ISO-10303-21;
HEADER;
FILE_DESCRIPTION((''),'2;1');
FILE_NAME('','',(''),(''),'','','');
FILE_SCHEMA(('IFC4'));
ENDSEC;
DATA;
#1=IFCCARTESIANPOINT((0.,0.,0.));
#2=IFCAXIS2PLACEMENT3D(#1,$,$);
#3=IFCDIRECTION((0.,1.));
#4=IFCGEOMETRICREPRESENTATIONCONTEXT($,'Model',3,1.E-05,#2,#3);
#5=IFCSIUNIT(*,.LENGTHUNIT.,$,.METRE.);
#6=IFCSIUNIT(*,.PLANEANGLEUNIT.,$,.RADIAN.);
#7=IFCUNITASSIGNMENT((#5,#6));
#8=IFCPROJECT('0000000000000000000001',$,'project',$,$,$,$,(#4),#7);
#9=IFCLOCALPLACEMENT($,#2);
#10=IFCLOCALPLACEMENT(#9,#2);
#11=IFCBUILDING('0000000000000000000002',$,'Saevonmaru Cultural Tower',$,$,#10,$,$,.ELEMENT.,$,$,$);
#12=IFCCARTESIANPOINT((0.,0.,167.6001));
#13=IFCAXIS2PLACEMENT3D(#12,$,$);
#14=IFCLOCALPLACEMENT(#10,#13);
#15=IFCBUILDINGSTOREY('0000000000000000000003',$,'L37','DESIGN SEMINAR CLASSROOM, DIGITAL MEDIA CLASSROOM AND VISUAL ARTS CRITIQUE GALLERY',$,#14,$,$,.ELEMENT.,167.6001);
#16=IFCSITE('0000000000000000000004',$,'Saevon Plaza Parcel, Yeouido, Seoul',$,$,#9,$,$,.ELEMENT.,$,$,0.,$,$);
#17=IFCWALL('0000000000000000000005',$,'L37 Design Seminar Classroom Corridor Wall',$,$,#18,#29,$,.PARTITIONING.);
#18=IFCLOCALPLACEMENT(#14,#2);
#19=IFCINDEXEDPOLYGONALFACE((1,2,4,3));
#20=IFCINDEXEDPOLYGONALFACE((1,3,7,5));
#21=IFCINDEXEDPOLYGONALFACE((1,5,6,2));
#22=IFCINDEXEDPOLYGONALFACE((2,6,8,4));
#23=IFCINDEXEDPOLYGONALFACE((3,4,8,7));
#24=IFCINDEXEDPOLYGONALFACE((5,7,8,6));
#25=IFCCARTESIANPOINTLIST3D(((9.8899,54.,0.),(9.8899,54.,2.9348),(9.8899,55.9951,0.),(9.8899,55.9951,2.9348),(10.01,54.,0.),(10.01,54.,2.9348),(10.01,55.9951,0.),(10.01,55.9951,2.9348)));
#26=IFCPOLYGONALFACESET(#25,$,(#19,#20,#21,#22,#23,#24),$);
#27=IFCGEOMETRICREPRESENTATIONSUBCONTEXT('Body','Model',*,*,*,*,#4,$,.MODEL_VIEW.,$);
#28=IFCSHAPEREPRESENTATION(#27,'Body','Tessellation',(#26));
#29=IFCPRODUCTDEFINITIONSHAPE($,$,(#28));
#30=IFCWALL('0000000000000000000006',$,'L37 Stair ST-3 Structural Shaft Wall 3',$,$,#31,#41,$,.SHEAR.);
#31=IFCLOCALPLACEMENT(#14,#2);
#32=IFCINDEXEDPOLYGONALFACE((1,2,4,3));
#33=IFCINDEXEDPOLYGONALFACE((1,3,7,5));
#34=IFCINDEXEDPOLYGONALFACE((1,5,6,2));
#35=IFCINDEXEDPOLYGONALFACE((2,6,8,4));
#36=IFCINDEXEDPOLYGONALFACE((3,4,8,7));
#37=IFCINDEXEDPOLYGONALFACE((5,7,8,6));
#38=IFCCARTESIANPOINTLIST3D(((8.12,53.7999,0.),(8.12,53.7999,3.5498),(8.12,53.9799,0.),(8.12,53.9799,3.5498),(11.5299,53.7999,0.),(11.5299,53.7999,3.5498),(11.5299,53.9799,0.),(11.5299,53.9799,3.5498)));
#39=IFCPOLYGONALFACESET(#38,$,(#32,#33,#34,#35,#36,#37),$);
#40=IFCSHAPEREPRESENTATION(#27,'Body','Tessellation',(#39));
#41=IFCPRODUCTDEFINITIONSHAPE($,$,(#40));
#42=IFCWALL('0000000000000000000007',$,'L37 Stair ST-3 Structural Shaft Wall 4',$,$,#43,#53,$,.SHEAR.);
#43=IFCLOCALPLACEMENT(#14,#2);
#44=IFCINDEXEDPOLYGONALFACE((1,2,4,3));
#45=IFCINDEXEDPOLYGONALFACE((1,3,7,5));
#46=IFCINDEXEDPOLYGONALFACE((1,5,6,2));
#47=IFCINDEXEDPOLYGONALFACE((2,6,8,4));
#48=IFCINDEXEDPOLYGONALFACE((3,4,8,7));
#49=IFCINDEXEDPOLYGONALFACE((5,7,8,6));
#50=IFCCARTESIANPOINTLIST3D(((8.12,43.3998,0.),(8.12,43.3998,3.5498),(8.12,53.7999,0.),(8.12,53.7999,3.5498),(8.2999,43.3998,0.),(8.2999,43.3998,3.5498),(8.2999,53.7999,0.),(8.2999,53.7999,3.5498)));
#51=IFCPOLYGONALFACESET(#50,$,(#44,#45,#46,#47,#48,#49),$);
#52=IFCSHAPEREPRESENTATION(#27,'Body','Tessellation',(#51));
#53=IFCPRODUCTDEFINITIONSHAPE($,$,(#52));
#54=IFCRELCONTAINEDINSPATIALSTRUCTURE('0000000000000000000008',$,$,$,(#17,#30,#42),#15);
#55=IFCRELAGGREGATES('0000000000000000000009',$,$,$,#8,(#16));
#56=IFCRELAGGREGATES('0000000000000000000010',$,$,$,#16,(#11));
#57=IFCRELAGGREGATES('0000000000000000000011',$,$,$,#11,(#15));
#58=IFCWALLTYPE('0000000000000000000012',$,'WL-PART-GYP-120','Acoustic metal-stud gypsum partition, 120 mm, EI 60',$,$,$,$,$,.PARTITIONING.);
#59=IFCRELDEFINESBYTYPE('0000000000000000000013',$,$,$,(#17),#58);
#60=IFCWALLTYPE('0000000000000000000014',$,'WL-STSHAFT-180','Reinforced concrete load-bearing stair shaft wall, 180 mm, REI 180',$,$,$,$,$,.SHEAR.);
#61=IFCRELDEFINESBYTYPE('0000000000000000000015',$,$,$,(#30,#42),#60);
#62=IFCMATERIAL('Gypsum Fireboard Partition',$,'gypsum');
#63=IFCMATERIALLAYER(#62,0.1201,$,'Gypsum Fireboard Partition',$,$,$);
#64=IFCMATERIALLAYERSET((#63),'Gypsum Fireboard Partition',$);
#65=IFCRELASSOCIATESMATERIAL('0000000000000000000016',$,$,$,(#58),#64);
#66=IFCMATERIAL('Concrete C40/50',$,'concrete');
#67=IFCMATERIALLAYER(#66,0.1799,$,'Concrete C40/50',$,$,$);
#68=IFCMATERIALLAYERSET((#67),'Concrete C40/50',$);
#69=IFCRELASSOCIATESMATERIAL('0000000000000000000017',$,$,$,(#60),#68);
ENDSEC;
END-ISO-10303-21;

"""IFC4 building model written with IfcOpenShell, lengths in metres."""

from ifc_helpers import new_model, si_unit, direction, frame, frame_2d, origin, place, context, subcontext, project, spatial, rectangle, extrude, material, layer, layer_set, type_object, element, save


model = new_model("IFC4")

# Units and contexts
model_context = context("Model", 3, precision=1e-05, world=origin(), true_north=direction((0.0, 1.0)))
body_context = subcontext(model_context, "Body", "Model", "MODEL_VIEW")
ifc_project = project(units=[si_unit("LENGTHUNIT", "METRE"), si_unit("PLANEANGLEUNIT", "RADIAN")], contexts=[model_context])

# Site, building, storey
site_placement = place(None, origin())
site = spatial("IfcSite", under=ifc_project, at=site_placement, Name="Saevon Plaza Parcel, Yeouido, Seoul", CompositionType="ELEMENT", RefElevation=0.0)
building_placement = place(site_placement, origin())
building = spatial("IfcBuilding", under=site, at=building_placement, Name="Saevonmaru Cultural Tower", CompositionType="ELEMENT")
storey_placement = place(building_placement, frame((0.0, 0.0, 167.6001)))
storey = spatial("IfcBuildingStorey", under=building, at=storey_placement, Name="L37", Description="DESIGN SEMINAR CLASSROOM, DIGITAL MEDIA CLASSROOM AND VISUAL ARTS CRITIQUE GALLERY", CompositionType="ELEMENT", Elevation=167.6001)

# Walls
ifc_material_1 = material(Name="Gypsum Fireboard Partition", Category="gypsum")
ifc_layer_1 = layer(ifc_material_1, 0.1201, Name="Gypsum Fireboard Partition")
ifc_layer_set_1 = layer_set([ifc_layer_1], Name="Gypsum Fireboard Partition")
wall_type_1 = type_object("IfcWallType", Name="WL-PART-GYP-120", Description="Acoustic metal-stud gypsum partition, 120 mm, EI 60", PredefinedType="PARTITIONING", material=ifc_layer_set_1)
wall_1_placement = place(storey_placement, frame((9.95, 54.0, 0.0), z_axis=(0.0, 0.0, 1.0), x_axis=(0.0, 1.0, 0.0)))
element("IfcWall", 1, at=wall_1_placement, inside=storey, type_object=wall_type_1, Name="L37 Design Seminar Classroom Corridor Wall", PredefinedType="PARTITIONING", context=body_context, shape_type="SweptSolid", body=[
    extrude(rectangle(XDim=1.9951, YDim=0.1201, at=frame_2d((0.9976, 0.0))), origin(), (0.0, 0.0, 1.0), 2.9348),
])
ifc_material_2 = material(Name="Concrete C40/50", Category="concrete")
ifc_layer_2 = layer(ifc_material_2, 0.1799, Name="Concrete C40/50")
ifc_layer_set_2 = layer_set([ifc_layer_2], Name="Concrete C40/50")
wall_type_2 = type_object("IfcWallType", Name="WL-STSHAFT-180", Description="Reinforced concrete load-bearing stair shaft wall, 180 mm, REI 180", PredefinedType="SHEAR", material=ifc_layer_set_2)
wall_2_placement = place(storey_placement, frame((11.53, 53.8899, 0.0), z_axis=(0.0, 0.0, 1.0), x_axis=(-1.0, 0.0, 0.0)))
element("IfcWall", 2, at=wall_2_placement, inside=storey, type_object=wall_type_2, Name="L37 Stair ST-3 Structural Shaft Wall 3", PredefinedType="SHEAR", context=body_context, shape_type="SweptSolid", body=[
    extrude(rectangle(XDim=3.4099, YDim=0.1799, at=frame_2d((1.7051, 0.0))), origin(), (0.0, 0.0, 1.0), 3.5498),
])
wall_3_placement = place(storey_placement, frame((8.21, 53.8, 0.0), z_axis=(0.0, 0.0, 1.0), x_axis=(0.0, -1.0, 0.0)))
element("IfcWall", 3, at=wall_3_placement, inside=storey, type_object=wall_type_2, Name="L37 Stair ST-3 Structural Shaft Wall 4", PredefinedType="SHEAR", context=body_context, shape_type="SweptSolid", body=[
    extrude(rectangle(XDim=10.4001, YDim=0.1799, at=frame_2d((5.2002, 0.0))), origin(), (0.0, 0.0, 1.0), 3.5498),
])

save(model, "model.ifc")
